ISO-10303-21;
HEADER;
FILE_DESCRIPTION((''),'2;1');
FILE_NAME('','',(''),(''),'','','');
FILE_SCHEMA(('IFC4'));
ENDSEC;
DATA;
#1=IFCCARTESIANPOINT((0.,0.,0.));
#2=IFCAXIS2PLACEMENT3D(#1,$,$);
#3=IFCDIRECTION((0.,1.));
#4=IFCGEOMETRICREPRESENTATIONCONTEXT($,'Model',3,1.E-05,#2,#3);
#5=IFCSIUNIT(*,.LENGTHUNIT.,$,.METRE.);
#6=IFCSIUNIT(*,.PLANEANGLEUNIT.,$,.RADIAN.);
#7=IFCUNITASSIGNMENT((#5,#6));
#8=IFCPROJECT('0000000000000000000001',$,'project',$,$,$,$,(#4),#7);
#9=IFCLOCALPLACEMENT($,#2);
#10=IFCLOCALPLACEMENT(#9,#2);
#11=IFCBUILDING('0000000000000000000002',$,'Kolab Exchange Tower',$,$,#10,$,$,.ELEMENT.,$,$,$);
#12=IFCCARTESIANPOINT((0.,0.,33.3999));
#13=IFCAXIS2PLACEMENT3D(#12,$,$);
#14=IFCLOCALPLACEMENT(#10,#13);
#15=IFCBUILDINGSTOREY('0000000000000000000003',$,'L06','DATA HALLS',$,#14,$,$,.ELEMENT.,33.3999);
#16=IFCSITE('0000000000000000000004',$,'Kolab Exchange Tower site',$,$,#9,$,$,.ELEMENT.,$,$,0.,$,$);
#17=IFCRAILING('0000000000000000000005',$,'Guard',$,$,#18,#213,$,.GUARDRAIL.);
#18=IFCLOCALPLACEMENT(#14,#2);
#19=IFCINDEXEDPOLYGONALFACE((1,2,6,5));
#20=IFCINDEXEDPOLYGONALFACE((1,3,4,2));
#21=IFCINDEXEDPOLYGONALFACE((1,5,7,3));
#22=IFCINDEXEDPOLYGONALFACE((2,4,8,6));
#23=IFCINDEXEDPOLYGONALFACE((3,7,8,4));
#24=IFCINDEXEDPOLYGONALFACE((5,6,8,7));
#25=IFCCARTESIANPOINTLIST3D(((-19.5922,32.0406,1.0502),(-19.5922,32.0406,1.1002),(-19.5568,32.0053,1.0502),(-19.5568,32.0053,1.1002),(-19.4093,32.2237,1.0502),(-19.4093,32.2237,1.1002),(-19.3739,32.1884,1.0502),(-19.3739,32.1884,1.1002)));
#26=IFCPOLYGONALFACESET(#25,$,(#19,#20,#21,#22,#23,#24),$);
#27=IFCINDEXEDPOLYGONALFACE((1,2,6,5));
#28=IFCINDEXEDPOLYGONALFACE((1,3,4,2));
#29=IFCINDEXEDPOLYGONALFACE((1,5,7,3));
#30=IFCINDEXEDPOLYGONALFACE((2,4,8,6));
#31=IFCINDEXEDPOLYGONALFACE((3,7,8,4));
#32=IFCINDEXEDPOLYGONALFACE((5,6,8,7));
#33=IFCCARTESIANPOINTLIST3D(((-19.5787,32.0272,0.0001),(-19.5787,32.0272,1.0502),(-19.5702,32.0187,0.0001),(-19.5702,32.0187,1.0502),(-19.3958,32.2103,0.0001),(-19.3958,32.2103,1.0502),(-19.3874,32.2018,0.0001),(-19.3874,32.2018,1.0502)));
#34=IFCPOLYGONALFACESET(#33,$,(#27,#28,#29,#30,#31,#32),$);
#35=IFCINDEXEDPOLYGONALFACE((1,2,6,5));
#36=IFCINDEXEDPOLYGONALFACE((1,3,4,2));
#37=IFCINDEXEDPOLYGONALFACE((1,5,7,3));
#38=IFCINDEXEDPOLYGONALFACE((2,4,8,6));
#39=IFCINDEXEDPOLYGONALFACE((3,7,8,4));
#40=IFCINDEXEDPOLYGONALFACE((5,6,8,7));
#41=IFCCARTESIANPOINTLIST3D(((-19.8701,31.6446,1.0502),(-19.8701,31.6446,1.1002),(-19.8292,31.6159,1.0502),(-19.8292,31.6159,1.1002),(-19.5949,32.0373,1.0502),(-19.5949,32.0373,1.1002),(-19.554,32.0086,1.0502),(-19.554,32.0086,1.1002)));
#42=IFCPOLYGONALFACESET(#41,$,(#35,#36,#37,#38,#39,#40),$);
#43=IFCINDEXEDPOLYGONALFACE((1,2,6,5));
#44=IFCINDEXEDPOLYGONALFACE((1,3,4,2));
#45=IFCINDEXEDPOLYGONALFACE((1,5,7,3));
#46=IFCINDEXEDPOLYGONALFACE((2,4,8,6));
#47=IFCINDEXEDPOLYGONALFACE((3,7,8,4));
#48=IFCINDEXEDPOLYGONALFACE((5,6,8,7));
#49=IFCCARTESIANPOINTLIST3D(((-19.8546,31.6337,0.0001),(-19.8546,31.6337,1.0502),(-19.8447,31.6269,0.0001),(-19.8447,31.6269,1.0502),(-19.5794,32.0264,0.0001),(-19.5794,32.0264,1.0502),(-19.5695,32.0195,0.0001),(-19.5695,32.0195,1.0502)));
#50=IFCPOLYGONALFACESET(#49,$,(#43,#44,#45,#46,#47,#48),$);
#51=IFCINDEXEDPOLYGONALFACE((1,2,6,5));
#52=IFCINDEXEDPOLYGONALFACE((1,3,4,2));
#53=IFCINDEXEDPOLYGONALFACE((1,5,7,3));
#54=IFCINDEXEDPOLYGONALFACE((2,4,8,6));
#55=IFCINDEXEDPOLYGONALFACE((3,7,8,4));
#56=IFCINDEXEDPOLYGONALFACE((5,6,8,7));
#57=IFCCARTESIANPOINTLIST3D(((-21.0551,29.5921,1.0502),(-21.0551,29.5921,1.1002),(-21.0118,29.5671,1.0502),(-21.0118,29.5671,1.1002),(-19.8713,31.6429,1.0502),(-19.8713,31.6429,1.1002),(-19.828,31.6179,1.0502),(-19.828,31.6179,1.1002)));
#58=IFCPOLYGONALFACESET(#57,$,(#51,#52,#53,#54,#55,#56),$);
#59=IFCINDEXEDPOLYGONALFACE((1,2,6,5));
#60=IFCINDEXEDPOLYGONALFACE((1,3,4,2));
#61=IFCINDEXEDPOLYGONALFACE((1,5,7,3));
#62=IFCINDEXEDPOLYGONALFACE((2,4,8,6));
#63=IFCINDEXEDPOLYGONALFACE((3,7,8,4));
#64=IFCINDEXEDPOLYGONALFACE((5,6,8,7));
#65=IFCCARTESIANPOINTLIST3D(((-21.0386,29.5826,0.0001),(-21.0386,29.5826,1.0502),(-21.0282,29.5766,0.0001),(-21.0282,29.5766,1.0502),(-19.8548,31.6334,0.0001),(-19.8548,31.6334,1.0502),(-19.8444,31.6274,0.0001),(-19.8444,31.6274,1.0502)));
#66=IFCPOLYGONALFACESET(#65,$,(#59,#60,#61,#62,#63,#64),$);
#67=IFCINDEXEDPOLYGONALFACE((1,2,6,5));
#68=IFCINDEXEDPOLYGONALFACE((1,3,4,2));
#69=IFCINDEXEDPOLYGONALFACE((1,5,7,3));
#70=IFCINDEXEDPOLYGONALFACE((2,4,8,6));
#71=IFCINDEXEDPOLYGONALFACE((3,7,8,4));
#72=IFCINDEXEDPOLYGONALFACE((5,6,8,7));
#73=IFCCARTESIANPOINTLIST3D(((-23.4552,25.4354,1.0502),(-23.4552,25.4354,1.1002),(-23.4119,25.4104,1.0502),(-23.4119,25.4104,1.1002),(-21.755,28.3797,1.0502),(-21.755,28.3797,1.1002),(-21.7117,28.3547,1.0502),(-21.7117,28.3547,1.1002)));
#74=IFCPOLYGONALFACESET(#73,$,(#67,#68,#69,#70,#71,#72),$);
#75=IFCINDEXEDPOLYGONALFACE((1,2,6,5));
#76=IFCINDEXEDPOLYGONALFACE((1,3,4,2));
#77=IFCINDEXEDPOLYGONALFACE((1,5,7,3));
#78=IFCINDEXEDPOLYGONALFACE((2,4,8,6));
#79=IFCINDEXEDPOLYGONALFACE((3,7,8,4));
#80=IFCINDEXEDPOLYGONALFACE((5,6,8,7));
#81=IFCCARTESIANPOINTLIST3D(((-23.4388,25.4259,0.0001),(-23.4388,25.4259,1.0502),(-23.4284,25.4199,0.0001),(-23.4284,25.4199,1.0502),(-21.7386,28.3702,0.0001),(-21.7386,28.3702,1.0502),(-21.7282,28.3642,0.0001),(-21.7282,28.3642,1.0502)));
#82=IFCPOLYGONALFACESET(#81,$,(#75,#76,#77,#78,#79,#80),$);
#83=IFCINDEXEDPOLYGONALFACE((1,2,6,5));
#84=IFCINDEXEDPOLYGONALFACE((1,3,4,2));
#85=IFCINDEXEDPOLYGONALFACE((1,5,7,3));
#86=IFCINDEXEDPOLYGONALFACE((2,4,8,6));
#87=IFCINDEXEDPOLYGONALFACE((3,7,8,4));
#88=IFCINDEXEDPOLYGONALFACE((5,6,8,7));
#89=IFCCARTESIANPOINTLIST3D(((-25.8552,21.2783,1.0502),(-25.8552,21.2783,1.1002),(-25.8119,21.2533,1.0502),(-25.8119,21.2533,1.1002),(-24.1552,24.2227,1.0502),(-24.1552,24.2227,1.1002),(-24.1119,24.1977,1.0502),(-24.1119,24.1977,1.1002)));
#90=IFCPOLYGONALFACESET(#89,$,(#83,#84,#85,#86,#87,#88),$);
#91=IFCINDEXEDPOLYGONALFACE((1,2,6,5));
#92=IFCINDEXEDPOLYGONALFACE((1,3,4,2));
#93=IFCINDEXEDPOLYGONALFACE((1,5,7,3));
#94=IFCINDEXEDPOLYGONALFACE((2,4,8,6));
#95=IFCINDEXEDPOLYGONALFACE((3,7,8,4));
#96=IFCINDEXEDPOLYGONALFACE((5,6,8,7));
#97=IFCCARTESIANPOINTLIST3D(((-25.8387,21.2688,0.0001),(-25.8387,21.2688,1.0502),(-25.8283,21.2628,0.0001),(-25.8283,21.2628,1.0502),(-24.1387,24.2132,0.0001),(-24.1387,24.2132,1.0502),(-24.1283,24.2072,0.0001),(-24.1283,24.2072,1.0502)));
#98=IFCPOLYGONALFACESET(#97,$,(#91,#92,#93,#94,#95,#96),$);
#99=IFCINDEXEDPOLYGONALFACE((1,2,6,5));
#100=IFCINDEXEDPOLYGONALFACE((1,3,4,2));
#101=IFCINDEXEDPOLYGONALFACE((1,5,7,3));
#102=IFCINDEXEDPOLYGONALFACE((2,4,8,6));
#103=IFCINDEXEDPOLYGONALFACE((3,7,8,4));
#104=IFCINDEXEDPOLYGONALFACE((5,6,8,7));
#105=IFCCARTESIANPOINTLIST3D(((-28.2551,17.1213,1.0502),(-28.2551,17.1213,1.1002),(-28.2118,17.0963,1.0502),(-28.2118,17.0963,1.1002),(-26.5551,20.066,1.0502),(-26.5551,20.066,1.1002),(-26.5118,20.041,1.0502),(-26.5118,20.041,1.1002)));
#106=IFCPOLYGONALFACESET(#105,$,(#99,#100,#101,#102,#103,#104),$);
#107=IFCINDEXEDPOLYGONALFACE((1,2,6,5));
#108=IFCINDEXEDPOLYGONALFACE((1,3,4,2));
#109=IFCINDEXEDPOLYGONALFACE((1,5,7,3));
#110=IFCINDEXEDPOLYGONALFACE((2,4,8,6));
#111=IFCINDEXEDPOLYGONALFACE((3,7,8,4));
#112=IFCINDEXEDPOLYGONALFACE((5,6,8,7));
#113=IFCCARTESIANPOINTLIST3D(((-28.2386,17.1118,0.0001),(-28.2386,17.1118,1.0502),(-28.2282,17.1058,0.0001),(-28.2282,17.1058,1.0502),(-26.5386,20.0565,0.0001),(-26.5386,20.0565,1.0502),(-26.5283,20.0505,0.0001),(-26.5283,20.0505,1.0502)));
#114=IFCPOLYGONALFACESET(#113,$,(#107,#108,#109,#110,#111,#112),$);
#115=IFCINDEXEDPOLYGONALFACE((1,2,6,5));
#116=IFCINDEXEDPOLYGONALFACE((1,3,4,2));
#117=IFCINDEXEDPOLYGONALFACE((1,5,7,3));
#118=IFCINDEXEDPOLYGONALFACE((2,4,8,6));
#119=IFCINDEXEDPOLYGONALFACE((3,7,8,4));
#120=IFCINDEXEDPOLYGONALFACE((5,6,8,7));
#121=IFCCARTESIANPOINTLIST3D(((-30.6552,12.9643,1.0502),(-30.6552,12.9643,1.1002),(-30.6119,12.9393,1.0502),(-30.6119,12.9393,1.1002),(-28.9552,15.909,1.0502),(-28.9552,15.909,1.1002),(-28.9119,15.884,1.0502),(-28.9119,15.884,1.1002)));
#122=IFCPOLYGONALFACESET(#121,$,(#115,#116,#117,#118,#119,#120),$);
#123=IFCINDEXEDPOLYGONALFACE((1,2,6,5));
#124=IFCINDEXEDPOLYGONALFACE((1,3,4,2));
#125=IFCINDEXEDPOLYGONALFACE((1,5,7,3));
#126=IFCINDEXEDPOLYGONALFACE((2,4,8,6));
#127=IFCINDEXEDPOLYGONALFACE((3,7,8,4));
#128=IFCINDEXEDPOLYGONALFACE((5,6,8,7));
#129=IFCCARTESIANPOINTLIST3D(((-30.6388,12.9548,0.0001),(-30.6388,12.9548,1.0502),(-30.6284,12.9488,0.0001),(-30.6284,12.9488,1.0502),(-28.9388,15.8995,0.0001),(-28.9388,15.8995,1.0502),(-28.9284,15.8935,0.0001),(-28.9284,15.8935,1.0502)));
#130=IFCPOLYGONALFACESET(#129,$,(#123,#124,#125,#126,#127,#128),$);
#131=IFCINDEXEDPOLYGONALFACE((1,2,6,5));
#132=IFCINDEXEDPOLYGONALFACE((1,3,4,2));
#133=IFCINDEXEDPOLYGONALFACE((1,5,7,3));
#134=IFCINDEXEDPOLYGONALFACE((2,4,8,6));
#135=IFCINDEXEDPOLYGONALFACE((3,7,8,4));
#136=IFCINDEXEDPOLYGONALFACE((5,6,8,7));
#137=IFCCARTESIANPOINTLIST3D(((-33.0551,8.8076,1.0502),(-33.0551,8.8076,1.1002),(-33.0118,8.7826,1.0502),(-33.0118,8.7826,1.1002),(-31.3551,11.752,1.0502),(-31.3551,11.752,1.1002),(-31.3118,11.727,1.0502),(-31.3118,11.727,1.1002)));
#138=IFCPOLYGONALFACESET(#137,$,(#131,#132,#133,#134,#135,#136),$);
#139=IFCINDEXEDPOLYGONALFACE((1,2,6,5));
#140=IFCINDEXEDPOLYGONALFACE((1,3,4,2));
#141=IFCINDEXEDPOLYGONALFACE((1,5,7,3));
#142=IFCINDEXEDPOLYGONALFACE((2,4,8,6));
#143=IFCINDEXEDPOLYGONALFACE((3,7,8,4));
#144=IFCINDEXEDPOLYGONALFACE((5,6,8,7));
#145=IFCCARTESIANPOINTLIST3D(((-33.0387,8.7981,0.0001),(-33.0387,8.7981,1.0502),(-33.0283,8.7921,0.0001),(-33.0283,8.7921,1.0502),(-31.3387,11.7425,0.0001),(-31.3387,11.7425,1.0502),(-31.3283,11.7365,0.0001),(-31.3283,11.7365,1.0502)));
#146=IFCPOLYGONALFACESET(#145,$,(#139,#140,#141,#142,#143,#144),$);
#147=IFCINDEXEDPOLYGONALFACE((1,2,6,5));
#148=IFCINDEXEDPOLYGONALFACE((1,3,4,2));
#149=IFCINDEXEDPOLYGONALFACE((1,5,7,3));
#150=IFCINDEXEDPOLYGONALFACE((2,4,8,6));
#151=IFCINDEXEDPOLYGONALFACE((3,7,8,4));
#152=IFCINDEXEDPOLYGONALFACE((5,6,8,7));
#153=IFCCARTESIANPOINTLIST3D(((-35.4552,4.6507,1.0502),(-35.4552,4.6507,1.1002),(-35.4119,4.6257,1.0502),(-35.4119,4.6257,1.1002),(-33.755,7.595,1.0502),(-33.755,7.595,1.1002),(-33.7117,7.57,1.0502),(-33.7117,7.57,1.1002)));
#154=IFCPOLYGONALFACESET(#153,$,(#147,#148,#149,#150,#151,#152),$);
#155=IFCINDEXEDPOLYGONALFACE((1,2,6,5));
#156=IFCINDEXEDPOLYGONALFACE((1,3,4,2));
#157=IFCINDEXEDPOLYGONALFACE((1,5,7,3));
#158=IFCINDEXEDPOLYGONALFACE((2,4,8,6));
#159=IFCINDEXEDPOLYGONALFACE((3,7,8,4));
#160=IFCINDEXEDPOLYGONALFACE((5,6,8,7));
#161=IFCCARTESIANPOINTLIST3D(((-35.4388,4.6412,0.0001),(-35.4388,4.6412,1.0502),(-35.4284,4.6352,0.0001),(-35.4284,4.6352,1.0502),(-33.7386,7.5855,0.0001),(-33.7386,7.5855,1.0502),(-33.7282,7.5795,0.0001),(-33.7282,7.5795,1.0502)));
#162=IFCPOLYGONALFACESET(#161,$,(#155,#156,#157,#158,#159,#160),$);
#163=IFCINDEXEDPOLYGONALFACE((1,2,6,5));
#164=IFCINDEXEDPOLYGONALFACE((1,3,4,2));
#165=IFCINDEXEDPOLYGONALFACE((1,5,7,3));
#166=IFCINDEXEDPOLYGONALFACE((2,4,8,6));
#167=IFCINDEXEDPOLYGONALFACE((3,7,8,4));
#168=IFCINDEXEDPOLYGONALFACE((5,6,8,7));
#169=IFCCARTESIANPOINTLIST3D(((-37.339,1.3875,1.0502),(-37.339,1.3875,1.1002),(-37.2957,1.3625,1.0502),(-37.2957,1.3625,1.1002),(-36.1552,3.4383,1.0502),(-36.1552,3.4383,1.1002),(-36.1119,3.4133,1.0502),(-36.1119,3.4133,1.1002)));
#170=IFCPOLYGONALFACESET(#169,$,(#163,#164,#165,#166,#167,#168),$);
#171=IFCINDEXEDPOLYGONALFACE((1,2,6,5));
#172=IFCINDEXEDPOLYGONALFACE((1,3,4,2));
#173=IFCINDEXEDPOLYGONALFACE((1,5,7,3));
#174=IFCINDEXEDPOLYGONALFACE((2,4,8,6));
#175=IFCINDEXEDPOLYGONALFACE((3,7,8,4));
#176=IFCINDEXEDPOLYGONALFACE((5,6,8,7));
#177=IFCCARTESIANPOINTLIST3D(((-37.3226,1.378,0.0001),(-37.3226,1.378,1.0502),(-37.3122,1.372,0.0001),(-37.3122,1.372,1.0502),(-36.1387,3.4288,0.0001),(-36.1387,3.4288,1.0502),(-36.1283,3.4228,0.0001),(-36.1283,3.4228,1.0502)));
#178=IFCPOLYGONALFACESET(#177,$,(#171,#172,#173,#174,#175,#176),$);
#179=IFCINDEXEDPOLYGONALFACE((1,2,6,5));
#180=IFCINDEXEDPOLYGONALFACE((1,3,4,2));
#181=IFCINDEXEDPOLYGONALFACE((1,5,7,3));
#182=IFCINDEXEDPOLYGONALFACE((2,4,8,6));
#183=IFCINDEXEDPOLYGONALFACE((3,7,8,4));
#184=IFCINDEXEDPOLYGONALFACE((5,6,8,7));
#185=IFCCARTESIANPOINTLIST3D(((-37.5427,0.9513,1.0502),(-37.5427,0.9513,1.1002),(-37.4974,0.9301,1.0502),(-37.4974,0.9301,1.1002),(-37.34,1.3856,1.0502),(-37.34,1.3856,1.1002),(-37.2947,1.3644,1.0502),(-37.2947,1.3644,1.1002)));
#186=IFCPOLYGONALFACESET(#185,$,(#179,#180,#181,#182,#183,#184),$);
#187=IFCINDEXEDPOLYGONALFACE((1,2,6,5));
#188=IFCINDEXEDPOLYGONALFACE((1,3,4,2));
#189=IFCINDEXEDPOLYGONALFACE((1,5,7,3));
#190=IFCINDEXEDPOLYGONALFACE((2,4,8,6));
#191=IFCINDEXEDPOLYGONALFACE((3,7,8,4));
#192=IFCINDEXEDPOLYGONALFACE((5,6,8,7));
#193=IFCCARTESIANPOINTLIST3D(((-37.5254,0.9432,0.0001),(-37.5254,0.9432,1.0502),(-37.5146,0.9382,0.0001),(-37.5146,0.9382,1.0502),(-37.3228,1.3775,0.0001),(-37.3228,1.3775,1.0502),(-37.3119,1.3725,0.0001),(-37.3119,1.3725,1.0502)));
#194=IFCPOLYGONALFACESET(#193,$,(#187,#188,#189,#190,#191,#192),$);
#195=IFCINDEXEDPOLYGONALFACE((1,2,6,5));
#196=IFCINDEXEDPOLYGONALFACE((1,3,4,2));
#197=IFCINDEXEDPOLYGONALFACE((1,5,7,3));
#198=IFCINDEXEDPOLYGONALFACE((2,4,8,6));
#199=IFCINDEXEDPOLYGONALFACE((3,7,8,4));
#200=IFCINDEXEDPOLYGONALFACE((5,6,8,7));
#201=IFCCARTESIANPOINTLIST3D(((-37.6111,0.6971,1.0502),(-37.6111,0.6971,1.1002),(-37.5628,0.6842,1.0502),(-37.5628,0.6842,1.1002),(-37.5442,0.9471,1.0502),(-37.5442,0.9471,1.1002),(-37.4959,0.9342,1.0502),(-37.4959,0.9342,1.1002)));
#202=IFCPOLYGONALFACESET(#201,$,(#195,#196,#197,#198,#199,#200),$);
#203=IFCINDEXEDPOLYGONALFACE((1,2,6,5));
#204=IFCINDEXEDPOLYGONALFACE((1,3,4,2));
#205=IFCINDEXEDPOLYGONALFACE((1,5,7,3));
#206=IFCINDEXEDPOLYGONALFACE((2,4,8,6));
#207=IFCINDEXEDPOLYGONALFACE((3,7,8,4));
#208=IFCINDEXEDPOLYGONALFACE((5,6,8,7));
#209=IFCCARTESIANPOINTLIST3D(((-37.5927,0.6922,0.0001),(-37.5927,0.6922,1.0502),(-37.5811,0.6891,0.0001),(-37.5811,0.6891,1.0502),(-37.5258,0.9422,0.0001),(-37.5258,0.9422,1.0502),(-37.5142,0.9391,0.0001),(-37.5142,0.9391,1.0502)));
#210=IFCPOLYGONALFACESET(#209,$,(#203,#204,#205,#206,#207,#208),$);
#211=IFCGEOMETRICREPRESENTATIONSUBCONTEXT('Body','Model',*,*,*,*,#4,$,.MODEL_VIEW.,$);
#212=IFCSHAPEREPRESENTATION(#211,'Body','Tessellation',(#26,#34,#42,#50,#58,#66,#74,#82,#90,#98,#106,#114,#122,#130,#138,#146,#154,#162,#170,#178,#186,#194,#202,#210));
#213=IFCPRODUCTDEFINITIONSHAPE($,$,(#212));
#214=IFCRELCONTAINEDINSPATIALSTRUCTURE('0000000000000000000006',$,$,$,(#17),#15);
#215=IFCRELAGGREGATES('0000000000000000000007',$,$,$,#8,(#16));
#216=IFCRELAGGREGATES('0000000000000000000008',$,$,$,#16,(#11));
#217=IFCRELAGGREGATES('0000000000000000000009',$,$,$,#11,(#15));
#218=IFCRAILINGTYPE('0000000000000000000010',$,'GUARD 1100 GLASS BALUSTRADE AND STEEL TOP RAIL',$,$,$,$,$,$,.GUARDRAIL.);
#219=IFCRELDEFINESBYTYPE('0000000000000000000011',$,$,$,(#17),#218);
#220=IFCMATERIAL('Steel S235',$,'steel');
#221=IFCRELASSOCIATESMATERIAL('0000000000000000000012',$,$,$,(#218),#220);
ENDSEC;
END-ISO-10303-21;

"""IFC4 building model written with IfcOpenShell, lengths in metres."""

from ifc_helpers import new_model, si_unit, direction, frame, frame_2d, origin, origin_2d, place, context, subcontext, project, spatial, rectangle, extrude, material, type_object, element, save


model = new_model("IFC4")

# Units and contexts
model_context = context("Model", 3, precision=1e-05, world=origin(), true_north=direction((0.0, 1.0)))
body_context = subcontext(model_context, "Body", "Model", "MODEL_VIEW")
ifc_project = project(units=[si_unit("LENGTHUNIT", "METRE"), si_unit("PLANEANGLEUNIT", "RADIAN")], contexts=[model_context])

# Site, building, storey
site_placement = place(None, origin())
site = spatial("IfcSite", under=ifc_project, at=site_placement, Name="Kolab Exchange Tower site", CompositionType="ELEMENT", RefElevation=0.0)
building_placement = place(site_placement, origin())
building = spatial("IfcBuilding", under=site, at=building_placement, Name="Kolab Exchange Tower", CompositionType="ELEMENT")
storey_placement = place(building_placement, frame((0.0, 0.0, 33.3999)))
storey = spatial("IfcBuildingStorey", under=building, at=storey_placement, Name="L06", Description="DATA HALLS", CompositionType="ELEMENT", Elevation=33.3999)

# Railing
ifc_material_1 = material(Name="Steel S235", Category="steel")
railing_type = type_object("IfcRailingType", Name="GUARD 1100 GLASS BALUSTRADE AND STEEL TOP RAIL", PredefinedType="GUARDRAIL", material=ifc_material_1)
railing_placement = place(storey_placement, frame((-19.3916, 32.2061, 0.0)))
element("IfcRailing", 1, at=railing_placement, inside=storey, type_object=railing_type, Name="Guard", PredefinedType="GUARDRAIL", context=body_context, shape_type="SweptSolid", body=[
    extrude(rectangle(XDim=0.05, YDim=0.05, at=origin_2d()), frame((0.0, 0.0, 1.0752), z_axis=(-0.706635, -0.707578, 0.0), x_axis=(0.707578, -0.706635, 0.0)), (0.0, 0.0, 1.0), 0.2588),
    extrude(rectangle(XDim=0.012, YDim=1.0501, at=frame_2d((0.0, 0.5251))), frame((0.0, 0.0, 0.0), z_axis=(-0.706635, -0.707578, 0.0), x_axis=(0.707578, -0.706635, 0.0)), (0.0, 0.0, 1.0), 0.2588),
    extrude(rectangle(XDim=0.05, YDim=0.05, at=origin_2d()), frame((-0.1829, -0.1831, 1.0752), z_axis=(-0.573941, -0.818897, 0.0), x_axis=(0.818897, -0.573941, 0.0)), (0.0, 0.0, 1.0), 0.4795),
    extrude(rectangle(XDim=0.012, YDim=1.0501, at=frame_2d((0.0, 0.5251))), frame((-0.1829, -0.1831, 0.0), z_axis=(-0.573941, -0.818897, 0.0), x_axis=(0.818897, -0.573941, 0.0)), (0.0, 0.0, 1.0), 0.4795),
    extrude(rectangle(XDim=0.05, YDim=0.05, at=origin_2d()), frame((-0.458, -0.5757, 1.0752), z_axis=(-0.499943, -0.866059, 0.0), x_axis=(0.866059, -0.499943, 0.0)), (0.0, 0.0, 1.0), 2.3679),
    extrude(rectangle(XDim=0.012, YDim=1.0501, at=frame_2d((0.0, 0.5251))), frame((-0.458, -0.5757, 0.0), z_axis=(-0.499943, -0.866059, 0.0), x_axis=(0.866059, -0.499943, 0.0)), (0.0, 0.0, 1.0), 2.3679),
    extrude(rectangle(XDim=0.05, YDim=0.05, at=origin_2d()), frame((-2.3418, -3.8389, 1.0752), z_axis=(-0.500062, -0.865989, 0.0), x_axis=(0.865989, -0.500062, 0.0)), (0.0, 0.0, 1.0), 3.3999),
    extrude(rectangle(XDim=0.012, YDim=1.0501, at=frame_2d((0.0, 0.5251))), frame((-2.3418, -3.8389, 0.0), z_axis=(-0.500062, -0.865989, 0.0), x_axis=(0.865989, -0.500062, 0.0)), (0.0, 0.0, 1.0), 3.3999),
    extrude(rectangle(XDim=0.05, YDim=0.05, at=origin_2d()), frame((-4.7419, -7.9958, 1.0752), z_axis=(-0.500008, -0.866021, 0.0), x_axis=(0.866021, -0.500008, 0.0)), (0.0, 0.0, 1.0), 3.3999),
    extrude(rectangle(XDim=0.012, YDim=1.0501, at=frame_2d((0.0, 0.5251))), frame((-4.7419, -7.9958, 0.0), z_axis=(-0.500008, -0.866021, 0.0), x_axis=(0.866021, -0.500008, 0.0)), (0.0, 0.0, 1.0), 3.3999),
    extrude(rectangle(XDim=0.05, YDim=0.05, at=origin_2d()), frame((-7.1418, -12.1526, 1.0752), z_axis=(-0.499977, -0.866039, 0.0), x_axis=(0.866039, -0.499977, 0.0)), (0.0, 0.0, 1.0), 3.4001),
    extrude(rectangle(XDim=0.012, YDim=1.0501, at=frame_2d((0.0, 0.5251))), frame((-7.1418, -12.1526, 0.0), z_axis=(-0.499977, -0.866039, 0.0), x_axis=(0.866039, -0.499977, 0.0)), (0.0, 0.0, 1.0), 3.4001),
    extrude(rectangle(XDim=0.05, YDim=0.05, at=origin_2d()), frame((-9.542, -16.3096, 1.0752), z_axis=(-0.499977, -0.866039, 0.0), x_axis=(0.866039, -0.499977, 0.0)), (0.0, 0.0, 1.0), 3.4001),
    extrude(rectangle(XDim=0.012, YDim=1.0501, at=frame_2d((0.0, 0.5251))), frame((-9.542, -16.3096, 0.0), z_axis=(-0.499977, -0.866039, 0.0), x_axis=(0.866039, -0.499977, 0.0)), (0.0, 0.0, 1.0), 3.4001),
    extrude(rectangle(XDim=0.05, YDim=0.05, at=origin_2d()), frame((-11.9419, -20.4666, 1.0752), z_axis=(-0.500008, -0.866021, 0.0), x_axis=(0.866021, -0.500008, 0.0)), (0.0, 0.0, 1.0), 3.3999),
    extrude(rectangle(XDim=0.012, YDim=1.0501, at=frame_2d((0.0, 0.5251))), frame((-11.9419, -20.4666, 0.0), z_axis=(-0.500008, -0.866021, 0.0), x_axis=(0.866021, -0.500008, 0.0)), (0.0, 0.0, 1.0), 3.3999),
    extrude(rectangle(XDim=0.05, YDim=0.05, at=origin_2d()), frame((-14.3418, -24.6235, 1.0752), z_axis=(-0.500062, -0.865989, 0.0), x_axis=(0.865989, -0.500062, 0.0)), (0.0, 0.0, 1.0), 3.3999),
    extrude(rectangle(XDim=0.012, YDim=1.0501, at=frame_2d((0.0, 0.5251))), frame((-14.3418, -24.6235, 0.0), z_axis=(-0.500062, -0.865989, 0.0), x_axis=(0.865989, -0.500062, 0.0)), (0.0, 0.0, 1.0), 3.3999),
    extrude(rectangle(XDim=0.05, YDim=0.05, at=origin_2d()), frame((-16.7419, -28.7803, 1.0752), z_axis=(-0.499943, -0.866059, 0.0), x_axis=(0.866059, -0.499943, 0.0)), (0.0, 0.0, 1.0), 2.3679),
    extrude(rectangle(XDim=0.012, YDim=1.0501, at=frame_2d((0.0, 0.5251))), frame((-16.7419, -28.7803, 0.0), z_axis=(-0.499943, -0.866059, 0.0), x_axis=(0.866059, -0.499943, 0.0)), (0.0, 0.0, 1.0), 2.3679),
    extrude(rectangle(XDim=0.05, YDim=0.05, at=origin_2d()), frame((-17.9258, -30.8311, 1.0752), z_axis=(-0.422802, -0.906222, 0.0), x_axis=(0.906222, -0.422802, 0.0)), (0.0, 0.0, 1.0), 0.4792),
    extrude(rectangle(XDim=0.012, YDim=1.0501, at=frame_2d((0.0, 0.5251))), frame((-17.9258, -30.8311, 0.0), z_axis=(-0.422802, -0.906222, 0.0), x_axis=(0.906222, -0.422802, 0.0)), (0.0, 0.0, 1.0), 0.4792),
    extrude(rectangle(XDim=0.05, YDim=0.05, at=origin_2d()), frame((-18.1284, -31.2654, 1.0752), z_axis=(-0.258485, -0.966015, 0.0), x_axis=(0.966015, -0.258485, 0.0)), (0.0, 0.0, 1.0), 0.2588),
    extrude(rectangle(XDim=0.012, YDim=1.0501, at=frame_2d((0.0, 0.5251))), frame((-18.1284, -31.2654, 0.0), z_axis=(-0.258485, -0.966015, 0.0), x_axis=(0.966015, -0.258485, 0.0)), (0.0, 0.0, 1.0), 0.2588),
])

save(model, "model.ifc")
